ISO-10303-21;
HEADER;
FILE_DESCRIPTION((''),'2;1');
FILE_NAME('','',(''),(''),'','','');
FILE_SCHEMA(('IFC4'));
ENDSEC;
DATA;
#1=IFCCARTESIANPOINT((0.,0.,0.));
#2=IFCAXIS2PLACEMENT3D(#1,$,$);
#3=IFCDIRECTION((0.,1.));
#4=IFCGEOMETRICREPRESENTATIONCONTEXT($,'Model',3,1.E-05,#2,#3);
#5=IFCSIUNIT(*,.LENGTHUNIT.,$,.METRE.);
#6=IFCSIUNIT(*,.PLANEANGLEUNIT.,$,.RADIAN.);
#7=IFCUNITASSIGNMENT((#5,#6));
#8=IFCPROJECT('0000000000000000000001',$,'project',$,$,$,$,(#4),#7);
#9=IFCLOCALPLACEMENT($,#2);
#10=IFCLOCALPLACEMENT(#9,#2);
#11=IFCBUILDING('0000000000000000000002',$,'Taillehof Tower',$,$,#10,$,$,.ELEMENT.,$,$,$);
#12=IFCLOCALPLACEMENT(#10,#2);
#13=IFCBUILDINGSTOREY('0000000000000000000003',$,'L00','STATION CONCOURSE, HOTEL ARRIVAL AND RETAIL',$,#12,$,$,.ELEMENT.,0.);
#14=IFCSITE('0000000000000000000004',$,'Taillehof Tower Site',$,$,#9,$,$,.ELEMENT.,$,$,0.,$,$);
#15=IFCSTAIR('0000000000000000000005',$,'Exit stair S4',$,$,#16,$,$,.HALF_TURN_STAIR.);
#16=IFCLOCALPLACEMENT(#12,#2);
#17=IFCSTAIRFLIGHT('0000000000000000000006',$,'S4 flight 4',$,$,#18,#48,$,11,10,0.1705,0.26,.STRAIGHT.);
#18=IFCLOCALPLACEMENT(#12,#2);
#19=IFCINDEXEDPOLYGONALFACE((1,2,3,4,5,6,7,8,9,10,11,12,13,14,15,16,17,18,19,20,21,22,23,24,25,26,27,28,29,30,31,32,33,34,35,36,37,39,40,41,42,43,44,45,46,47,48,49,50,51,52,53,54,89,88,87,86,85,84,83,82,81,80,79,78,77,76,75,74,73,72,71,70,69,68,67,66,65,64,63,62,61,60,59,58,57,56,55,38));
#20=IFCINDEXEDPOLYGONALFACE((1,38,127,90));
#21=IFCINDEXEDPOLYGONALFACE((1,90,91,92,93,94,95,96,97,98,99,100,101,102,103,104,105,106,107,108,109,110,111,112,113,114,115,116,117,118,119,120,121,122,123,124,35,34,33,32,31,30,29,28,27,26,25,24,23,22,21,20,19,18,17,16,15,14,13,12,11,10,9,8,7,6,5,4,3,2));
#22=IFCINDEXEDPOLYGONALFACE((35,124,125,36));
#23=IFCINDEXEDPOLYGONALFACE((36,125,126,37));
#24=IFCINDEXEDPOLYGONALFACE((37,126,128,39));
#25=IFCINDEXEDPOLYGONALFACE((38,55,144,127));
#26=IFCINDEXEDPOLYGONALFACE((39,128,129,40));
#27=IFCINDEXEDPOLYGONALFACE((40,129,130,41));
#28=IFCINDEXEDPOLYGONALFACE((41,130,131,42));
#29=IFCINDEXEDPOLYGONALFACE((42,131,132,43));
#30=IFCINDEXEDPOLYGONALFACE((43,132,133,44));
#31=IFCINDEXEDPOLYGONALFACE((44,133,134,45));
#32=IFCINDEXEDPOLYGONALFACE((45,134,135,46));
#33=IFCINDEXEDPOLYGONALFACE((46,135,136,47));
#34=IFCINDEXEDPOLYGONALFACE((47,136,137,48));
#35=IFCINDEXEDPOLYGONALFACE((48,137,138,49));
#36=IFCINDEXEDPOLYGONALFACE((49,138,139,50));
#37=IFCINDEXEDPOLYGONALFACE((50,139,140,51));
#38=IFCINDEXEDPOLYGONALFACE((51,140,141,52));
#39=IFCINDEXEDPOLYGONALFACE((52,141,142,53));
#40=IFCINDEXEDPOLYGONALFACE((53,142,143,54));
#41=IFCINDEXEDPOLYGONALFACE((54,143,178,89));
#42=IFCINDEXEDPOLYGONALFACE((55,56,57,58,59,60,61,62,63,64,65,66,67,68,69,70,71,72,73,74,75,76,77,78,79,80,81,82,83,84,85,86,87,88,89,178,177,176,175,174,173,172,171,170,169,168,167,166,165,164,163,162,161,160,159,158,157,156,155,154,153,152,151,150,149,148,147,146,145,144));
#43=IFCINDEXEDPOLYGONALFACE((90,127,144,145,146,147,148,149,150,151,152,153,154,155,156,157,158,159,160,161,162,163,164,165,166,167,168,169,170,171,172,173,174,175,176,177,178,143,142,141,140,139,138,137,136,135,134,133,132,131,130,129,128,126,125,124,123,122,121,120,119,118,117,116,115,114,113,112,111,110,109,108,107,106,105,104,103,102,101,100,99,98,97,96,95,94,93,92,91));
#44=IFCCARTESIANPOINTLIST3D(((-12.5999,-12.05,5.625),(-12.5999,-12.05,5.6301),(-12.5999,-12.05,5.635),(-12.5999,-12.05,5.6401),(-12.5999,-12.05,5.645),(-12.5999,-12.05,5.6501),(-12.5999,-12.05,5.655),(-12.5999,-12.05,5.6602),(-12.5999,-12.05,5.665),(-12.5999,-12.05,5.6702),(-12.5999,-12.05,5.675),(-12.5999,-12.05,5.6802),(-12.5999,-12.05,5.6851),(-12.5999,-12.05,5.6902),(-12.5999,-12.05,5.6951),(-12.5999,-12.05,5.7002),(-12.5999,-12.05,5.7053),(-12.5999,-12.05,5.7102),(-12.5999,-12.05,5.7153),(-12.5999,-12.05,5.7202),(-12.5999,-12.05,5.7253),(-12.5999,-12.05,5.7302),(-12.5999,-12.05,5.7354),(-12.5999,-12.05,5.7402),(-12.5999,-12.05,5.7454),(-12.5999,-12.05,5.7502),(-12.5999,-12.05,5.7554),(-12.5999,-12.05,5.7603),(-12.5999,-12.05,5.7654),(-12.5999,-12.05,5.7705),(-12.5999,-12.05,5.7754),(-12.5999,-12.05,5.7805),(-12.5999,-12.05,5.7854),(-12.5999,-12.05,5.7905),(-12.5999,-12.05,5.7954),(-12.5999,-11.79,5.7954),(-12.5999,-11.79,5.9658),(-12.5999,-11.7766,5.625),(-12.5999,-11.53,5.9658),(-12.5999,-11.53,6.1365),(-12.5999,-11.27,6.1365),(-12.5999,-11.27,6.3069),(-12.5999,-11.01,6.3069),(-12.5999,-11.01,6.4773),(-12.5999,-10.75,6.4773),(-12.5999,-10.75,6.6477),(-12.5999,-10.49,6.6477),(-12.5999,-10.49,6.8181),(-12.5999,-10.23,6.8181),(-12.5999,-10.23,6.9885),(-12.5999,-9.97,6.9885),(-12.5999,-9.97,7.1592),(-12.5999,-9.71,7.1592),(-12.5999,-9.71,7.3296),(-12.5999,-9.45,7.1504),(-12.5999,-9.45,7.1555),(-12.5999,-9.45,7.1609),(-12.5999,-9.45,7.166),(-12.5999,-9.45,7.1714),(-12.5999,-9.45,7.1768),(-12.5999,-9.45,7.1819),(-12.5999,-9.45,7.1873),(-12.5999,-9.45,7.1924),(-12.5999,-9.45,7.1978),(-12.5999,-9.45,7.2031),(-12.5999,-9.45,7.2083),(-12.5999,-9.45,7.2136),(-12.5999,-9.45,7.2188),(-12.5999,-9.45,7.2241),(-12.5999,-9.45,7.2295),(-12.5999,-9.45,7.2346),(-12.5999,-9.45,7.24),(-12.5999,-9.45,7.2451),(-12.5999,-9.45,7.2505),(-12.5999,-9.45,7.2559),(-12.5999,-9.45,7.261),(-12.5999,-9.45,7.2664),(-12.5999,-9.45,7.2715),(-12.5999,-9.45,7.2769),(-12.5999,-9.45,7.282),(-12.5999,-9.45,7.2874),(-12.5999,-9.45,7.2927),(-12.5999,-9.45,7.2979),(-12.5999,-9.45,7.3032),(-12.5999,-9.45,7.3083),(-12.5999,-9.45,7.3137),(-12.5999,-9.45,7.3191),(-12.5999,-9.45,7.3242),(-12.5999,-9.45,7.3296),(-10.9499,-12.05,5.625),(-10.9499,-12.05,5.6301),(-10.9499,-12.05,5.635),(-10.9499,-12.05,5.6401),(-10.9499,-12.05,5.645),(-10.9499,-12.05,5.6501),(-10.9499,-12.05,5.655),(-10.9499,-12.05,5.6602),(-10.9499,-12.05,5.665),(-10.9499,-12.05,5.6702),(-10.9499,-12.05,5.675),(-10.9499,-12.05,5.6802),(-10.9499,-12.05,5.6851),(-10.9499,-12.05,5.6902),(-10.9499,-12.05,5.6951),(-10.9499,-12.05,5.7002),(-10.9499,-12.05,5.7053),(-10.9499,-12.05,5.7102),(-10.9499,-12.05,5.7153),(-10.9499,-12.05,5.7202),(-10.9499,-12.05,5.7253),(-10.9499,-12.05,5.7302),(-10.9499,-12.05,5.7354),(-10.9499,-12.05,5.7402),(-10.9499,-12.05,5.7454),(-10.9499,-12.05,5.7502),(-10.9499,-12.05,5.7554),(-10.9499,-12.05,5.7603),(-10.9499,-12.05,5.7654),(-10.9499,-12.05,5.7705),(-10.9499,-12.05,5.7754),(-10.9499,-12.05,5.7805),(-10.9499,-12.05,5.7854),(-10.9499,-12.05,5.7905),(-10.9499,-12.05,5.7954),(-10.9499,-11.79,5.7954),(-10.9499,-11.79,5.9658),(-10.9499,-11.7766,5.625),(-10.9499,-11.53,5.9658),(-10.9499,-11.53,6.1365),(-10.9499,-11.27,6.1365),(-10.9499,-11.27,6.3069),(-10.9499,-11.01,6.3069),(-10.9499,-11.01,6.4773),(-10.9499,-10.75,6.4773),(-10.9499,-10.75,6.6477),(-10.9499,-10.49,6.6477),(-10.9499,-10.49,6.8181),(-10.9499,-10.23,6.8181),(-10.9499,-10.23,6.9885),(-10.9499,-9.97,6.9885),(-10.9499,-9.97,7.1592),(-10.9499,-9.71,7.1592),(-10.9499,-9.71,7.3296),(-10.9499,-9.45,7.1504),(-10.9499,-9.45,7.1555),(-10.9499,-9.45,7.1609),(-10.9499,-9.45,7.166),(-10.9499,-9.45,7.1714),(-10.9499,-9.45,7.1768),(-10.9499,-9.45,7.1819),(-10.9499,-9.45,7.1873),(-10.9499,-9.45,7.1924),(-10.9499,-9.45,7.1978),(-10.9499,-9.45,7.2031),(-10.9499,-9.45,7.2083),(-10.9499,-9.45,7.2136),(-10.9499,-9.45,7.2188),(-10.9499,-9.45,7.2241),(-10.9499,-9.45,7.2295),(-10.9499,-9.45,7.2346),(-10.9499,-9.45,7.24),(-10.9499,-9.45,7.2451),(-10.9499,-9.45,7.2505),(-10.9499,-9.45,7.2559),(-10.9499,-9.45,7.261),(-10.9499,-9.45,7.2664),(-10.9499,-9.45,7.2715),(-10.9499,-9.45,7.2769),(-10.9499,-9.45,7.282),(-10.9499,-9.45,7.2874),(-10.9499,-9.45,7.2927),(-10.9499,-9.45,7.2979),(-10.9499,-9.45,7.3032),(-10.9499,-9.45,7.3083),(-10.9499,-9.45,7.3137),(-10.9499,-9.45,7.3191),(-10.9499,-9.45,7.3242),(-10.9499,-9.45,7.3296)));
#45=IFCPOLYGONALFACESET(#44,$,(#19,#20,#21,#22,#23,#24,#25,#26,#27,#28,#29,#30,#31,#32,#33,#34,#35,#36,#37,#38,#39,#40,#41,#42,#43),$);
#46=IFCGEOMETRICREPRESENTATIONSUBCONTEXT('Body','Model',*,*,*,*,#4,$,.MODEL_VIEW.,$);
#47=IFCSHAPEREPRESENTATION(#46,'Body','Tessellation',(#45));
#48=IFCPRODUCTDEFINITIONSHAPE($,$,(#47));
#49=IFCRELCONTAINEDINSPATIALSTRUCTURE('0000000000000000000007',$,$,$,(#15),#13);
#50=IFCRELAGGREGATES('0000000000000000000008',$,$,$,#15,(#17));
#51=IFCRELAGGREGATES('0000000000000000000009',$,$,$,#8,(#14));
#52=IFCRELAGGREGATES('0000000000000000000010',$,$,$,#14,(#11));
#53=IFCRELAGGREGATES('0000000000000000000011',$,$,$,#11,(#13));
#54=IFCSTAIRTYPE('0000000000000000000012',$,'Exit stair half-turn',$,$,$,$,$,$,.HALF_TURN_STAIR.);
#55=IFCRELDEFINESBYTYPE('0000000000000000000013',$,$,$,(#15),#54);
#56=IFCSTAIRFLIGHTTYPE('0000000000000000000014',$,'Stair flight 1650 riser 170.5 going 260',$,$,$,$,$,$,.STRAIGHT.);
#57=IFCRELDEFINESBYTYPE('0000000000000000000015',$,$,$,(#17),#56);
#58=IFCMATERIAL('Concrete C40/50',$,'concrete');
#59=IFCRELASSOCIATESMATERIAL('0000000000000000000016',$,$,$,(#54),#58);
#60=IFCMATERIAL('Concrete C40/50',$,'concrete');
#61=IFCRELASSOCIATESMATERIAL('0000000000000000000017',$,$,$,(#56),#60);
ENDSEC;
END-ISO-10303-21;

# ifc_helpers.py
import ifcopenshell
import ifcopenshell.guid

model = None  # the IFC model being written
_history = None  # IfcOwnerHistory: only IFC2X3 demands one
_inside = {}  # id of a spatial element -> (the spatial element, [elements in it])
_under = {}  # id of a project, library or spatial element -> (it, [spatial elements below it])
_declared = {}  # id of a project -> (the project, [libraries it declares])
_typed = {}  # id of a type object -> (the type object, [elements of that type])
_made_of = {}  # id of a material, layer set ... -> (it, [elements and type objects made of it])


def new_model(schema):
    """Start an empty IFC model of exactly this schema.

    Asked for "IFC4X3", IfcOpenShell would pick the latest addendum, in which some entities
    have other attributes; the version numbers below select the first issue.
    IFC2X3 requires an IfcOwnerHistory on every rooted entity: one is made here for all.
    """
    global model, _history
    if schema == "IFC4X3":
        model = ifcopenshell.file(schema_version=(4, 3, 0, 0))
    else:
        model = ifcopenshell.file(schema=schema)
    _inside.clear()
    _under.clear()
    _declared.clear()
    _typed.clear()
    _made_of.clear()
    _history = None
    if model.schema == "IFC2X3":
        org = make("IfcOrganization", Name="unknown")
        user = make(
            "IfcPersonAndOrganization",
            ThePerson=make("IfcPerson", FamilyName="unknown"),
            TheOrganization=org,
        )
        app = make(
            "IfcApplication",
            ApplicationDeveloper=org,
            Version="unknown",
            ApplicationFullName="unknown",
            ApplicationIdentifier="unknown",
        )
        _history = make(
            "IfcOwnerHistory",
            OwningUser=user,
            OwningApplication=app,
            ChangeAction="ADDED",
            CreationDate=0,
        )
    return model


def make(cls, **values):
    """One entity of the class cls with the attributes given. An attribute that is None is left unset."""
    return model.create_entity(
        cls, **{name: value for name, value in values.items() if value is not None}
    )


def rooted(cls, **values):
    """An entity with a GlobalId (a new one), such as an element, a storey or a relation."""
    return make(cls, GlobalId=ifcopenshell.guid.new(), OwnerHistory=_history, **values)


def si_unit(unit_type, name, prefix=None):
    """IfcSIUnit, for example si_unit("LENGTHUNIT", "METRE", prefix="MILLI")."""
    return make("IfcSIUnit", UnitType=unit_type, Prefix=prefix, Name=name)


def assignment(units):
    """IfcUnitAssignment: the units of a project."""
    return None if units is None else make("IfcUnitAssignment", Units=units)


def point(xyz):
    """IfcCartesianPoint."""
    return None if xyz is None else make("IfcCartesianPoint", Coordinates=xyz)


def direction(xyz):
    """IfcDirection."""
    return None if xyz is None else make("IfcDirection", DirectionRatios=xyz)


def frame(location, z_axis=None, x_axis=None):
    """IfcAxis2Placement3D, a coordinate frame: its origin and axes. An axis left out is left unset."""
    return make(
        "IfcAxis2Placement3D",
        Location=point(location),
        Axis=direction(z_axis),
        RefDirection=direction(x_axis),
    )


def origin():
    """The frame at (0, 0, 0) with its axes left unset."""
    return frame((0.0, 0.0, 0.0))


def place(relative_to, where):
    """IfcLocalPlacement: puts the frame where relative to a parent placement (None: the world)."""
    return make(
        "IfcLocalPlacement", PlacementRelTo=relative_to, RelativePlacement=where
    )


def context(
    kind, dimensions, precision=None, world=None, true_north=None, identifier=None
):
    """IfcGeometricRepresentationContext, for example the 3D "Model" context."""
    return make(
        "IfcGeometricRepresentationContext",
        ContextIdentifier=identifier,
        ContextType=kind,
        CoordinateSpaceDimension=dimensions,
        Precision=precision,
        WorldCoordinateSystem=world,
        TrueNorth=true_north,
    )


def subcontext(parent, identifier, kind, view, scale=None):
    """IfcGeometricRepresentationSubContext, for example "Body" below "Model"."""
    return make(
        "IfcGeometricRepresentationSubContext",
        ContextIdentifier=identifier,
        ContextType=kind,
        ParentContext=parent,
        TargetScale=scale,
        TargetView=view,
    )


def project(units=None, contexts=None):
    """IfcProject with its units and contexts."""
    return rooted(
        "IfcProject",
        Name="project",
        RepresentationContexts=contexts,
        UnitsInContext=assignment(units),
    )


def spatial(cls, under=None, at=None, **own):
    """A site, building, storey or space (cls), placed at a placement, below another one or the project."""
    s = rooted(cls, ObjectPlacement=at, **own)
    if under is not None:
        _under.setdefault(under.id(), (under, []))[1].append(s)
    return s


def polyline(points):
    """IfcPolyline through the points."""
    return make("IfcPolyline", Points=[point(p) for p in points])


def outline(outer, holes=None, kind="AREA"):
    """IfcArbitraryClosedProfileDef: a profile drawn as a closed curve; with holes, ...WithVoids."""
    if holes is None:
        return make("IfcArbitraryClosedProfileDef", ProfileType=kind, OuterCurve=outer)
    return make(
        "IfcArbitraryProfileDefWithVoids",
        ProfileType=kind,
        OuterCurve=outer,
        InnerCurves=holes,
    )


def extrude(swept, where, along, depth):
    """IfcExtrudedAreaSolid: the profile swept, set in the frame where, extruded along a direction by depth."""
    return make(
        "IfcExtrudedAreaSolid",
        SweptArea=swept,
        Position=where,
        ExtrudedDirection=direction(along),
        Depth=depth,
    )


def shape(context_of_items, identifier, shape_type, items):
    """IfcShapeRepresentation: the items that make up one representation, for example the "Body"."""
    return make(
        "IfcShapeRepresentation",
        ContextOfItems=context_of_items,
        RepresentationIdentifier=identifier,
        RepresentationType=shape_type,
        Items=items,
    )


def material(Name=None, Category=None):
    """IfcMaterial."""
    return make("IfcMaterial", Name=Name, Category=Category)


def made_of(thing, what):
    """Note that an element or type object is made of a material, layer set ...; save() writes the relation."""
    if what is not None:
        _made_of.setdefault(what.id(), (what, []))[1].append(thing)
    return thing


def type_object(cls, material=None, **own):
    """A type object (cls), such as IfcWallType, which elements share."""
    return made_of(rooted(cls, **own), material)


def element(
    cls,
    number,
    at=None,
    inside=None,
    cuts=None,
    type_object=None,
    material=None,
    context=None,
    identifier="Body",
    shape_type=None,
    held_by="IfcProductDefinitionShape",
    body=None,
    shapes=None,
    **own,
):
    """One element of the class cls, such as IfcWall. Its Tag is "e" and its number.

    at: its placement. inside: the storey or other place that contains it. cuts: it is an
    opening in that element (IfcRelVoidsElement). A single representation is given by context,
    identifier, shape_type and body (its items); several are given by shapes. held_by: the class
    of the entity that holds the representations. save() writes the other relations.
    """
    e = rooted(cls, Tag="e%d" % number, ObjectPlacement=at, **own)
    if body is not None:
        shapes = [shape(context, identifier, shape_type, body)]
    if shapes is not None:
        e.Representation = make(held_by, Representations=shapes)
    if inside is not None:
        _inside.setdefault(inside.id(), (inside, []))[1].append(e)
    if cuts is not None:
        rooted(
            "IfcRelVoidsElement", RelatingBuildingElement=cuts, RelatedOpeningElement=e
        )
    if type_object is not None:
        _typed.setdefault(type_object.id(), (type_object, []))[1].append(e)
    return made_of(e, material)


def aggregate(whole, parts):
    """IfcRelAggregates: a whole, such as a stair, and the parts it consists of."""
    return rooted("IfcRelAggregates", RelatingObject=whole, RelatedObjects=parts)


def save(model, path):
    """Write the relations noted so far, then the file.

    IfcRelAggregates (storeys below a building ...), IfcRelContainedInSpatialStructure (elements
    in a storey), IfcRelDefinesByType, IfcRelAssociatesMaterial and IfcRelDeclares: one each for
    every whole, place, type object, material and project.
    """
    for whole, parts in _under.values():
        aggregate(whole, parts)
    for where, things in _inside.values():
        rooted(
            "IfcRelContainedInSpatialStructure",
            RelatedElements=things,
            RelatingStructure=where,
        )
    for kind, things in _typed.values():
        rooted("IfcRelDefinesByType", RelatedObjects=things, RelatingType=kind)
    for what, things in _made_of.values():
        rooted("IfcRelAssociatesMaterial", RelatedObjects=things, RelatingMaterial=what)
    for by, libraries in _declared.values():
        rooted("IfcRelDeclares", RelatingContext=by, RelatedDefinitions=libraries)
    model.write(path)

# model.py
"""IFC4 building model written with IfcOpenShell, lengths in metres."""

from ifc_helpers import new_model, si_unit, direction, frame, origin, place, context, subcontext, project, spatial, polyline, outline, extrude, material, type_object, element, aggregate, save


model = new_model("IFC4")

# Units and contexts
model_context = context("Model", 3, precision=1e-05, world=origin(), true_north=direction((0.0, 1.0)))
body_context = subcontext(model_context, "Body", "Model", "MODEL_VIEW")
ifc_project = project(units=[si_unit("LENGTHUNIT", "METRE"), si_unit("PLANEANGLEUNIT", "RADIAN")], contexts=[model_context])

# Site, building, storey
site_placement = place(None, origin())
site = spatial("IfcSite", under=ifc_project, at=site_placement, Name="Taillehof Tower Site", CompositionType="ELEMENT", RefElevation=0.0)
building_placement = place(site_placement, origin())
building = spatial("IfcBuilding", under=site, at=building_placement, Name="Taillehof Tower", CompositionType="ELEMENT")
storey_placement = place(building_placement, origin())
storey = spatial("IfcBuildingStorey", under=building, at=storey_placement, Name="L00", Description="STATION CONCOURSE, HOTEL ARRIVAL AND RETAIL", CompositionType="ELEMENT", Elevation=0.0)

# Stair, stair flight
ifc_material_1 = material(Name="Concrete C40/50", Category="concrete")
stair_type_1 = type_object("IfcStairType", Name="Exit stair half-turn", PredefinedType="HALF_TURN_STAIR", material=ifc_material_1)
stair_1_placement = place(storey_placement, origin())
stair_1 = element("IfcStair", 1, at=stair_1_placement, inside=storey, type_object=stair_type_1, Name="Exit stair S4", PredefinedType="HALF_TURN_STAIR")
ifc_material_2 = material(Name="Concrete C40/50", Category="concrete")
stair_flight_type_1 = type_object("IfcStairFlightType", Name="Stair flight 1650 riser 170.5 going 260", PredefinedType="STRAIGHT", material=ifc_material_2)
stair_flight_1_placement = place(storey_placement, frame((-11.7749, -12.05, 5.625), z_axis=(0.0, 0.0, 1.0), x_axis=(0.0, 1.0, 0.0)))
stair_flight_1 = element("IfcStairFlight", 2, at=stair_flight_1_placement, type_object=stair_flight_type_1, Name="S4 flight 4", NumberOfRisers=11, NumberOfTreads=10, PredefinedType="STRAIGHT", RiserHeight=0.1705, TreadLength=0.26, context=body_context, shape_type="SweptSolid", body=[
    extrude(outline(polyline([(0.0, 0.0), (0.0, 0.0051), (0.0, 0.01), (0.0, 0.0151), (0.0, 0.02), (0.0, 0.0251), (0.0, 0.03), (0.0, 0.0352), (0.0, 0.04), (0.0, 0.0452), (0.0, 0.05), (0.0, 0.0552), (0.0, 0.0601), (0.0, 0.0652), (0.0, 0.0701), (0.0, 0.0752), (0.0, 0.0803), (0.0, 0.0852), (0.0, 0.0903), (0.0, 0.0952), (0.0, 0.1003), (0.0, 0.1052), (0.0, 0.1104), (0.0, 0.1152), (0.0, 0.1204), (0.0, 0.1252), (0.0, 0.1304), (0.0, 0.1353), (0.0, 0.1404), (0.0, 0.1455), (0.0, 0.1504), (0.0, 0.1555), (0.0, 0.1604), (0.0, 0.1655), (0.0, 0.1704), (0.26, 0.1704), (0.26, 0.3408), (0.52, 0.3408), (0.52, 0.5115), (0.78, 0.5115), (0.78, 0.6819), (1.04, 0.6819), (1.04, 0.8523), (1.3, 0.8523), (1.3, 1.0227), (1.5601, 1.0227), (1.5601, 1.1931), (1.8201, 1.1931), (1.8201, 1.3635), (2.0801, 1.3635), (2.0801, 1.5342), (2.3401, 1.5342), (2.3401, 1.7046), (2.6001, 1.7046), (2.6001, 1.6992), (2.6001, 1.6941), (2.6001, 1.6887), (2.6001, 1.6833), (2.6001, 1.6782), (2.6001, 1.6729), (2.6001, 1.6677), (2.6001, 1.6624), (2.6001, 1.657), (2.6001, 1.6519), (2.6001, 1.6465), (2.6001, 1.6414), (2.6001, 1.636), (2.6001, 1.6309), (2.6001, 1.6255), (2.6001, 1.6201), (2.6001, 1.615), (2.6001, 1.6096), (2.6001, 1.6045), (2.6001, 1.5991), (2.6001, 1.5938), (2.6001, 1.5886), (2.6001, 1.5833), (2.6001, 1.5781), (2.6001, 1.5728), (2.6001, 1.5674), (2.6001, 1.5623), (2.6001, 1.5569), (2.6001, 1.5518), (2.6001, 1.5464), (2.6001, 1.541), (2.6001, 1.5359), (2.6001, 1.5305), (2.6001, 1.5254), (0.2734, 0.0), (0.0, 0.0)])), frame((0.0, 0.825, 0.0), z_axis=(0.0, -1.0, 0.0), x_axis=(1.0, 0.0, 0.0)), (0.0, 0.0, 1.0), 1.65),
])
aggregate(stair_1, [stair_flight_1])

save(model, "model.ifc")
